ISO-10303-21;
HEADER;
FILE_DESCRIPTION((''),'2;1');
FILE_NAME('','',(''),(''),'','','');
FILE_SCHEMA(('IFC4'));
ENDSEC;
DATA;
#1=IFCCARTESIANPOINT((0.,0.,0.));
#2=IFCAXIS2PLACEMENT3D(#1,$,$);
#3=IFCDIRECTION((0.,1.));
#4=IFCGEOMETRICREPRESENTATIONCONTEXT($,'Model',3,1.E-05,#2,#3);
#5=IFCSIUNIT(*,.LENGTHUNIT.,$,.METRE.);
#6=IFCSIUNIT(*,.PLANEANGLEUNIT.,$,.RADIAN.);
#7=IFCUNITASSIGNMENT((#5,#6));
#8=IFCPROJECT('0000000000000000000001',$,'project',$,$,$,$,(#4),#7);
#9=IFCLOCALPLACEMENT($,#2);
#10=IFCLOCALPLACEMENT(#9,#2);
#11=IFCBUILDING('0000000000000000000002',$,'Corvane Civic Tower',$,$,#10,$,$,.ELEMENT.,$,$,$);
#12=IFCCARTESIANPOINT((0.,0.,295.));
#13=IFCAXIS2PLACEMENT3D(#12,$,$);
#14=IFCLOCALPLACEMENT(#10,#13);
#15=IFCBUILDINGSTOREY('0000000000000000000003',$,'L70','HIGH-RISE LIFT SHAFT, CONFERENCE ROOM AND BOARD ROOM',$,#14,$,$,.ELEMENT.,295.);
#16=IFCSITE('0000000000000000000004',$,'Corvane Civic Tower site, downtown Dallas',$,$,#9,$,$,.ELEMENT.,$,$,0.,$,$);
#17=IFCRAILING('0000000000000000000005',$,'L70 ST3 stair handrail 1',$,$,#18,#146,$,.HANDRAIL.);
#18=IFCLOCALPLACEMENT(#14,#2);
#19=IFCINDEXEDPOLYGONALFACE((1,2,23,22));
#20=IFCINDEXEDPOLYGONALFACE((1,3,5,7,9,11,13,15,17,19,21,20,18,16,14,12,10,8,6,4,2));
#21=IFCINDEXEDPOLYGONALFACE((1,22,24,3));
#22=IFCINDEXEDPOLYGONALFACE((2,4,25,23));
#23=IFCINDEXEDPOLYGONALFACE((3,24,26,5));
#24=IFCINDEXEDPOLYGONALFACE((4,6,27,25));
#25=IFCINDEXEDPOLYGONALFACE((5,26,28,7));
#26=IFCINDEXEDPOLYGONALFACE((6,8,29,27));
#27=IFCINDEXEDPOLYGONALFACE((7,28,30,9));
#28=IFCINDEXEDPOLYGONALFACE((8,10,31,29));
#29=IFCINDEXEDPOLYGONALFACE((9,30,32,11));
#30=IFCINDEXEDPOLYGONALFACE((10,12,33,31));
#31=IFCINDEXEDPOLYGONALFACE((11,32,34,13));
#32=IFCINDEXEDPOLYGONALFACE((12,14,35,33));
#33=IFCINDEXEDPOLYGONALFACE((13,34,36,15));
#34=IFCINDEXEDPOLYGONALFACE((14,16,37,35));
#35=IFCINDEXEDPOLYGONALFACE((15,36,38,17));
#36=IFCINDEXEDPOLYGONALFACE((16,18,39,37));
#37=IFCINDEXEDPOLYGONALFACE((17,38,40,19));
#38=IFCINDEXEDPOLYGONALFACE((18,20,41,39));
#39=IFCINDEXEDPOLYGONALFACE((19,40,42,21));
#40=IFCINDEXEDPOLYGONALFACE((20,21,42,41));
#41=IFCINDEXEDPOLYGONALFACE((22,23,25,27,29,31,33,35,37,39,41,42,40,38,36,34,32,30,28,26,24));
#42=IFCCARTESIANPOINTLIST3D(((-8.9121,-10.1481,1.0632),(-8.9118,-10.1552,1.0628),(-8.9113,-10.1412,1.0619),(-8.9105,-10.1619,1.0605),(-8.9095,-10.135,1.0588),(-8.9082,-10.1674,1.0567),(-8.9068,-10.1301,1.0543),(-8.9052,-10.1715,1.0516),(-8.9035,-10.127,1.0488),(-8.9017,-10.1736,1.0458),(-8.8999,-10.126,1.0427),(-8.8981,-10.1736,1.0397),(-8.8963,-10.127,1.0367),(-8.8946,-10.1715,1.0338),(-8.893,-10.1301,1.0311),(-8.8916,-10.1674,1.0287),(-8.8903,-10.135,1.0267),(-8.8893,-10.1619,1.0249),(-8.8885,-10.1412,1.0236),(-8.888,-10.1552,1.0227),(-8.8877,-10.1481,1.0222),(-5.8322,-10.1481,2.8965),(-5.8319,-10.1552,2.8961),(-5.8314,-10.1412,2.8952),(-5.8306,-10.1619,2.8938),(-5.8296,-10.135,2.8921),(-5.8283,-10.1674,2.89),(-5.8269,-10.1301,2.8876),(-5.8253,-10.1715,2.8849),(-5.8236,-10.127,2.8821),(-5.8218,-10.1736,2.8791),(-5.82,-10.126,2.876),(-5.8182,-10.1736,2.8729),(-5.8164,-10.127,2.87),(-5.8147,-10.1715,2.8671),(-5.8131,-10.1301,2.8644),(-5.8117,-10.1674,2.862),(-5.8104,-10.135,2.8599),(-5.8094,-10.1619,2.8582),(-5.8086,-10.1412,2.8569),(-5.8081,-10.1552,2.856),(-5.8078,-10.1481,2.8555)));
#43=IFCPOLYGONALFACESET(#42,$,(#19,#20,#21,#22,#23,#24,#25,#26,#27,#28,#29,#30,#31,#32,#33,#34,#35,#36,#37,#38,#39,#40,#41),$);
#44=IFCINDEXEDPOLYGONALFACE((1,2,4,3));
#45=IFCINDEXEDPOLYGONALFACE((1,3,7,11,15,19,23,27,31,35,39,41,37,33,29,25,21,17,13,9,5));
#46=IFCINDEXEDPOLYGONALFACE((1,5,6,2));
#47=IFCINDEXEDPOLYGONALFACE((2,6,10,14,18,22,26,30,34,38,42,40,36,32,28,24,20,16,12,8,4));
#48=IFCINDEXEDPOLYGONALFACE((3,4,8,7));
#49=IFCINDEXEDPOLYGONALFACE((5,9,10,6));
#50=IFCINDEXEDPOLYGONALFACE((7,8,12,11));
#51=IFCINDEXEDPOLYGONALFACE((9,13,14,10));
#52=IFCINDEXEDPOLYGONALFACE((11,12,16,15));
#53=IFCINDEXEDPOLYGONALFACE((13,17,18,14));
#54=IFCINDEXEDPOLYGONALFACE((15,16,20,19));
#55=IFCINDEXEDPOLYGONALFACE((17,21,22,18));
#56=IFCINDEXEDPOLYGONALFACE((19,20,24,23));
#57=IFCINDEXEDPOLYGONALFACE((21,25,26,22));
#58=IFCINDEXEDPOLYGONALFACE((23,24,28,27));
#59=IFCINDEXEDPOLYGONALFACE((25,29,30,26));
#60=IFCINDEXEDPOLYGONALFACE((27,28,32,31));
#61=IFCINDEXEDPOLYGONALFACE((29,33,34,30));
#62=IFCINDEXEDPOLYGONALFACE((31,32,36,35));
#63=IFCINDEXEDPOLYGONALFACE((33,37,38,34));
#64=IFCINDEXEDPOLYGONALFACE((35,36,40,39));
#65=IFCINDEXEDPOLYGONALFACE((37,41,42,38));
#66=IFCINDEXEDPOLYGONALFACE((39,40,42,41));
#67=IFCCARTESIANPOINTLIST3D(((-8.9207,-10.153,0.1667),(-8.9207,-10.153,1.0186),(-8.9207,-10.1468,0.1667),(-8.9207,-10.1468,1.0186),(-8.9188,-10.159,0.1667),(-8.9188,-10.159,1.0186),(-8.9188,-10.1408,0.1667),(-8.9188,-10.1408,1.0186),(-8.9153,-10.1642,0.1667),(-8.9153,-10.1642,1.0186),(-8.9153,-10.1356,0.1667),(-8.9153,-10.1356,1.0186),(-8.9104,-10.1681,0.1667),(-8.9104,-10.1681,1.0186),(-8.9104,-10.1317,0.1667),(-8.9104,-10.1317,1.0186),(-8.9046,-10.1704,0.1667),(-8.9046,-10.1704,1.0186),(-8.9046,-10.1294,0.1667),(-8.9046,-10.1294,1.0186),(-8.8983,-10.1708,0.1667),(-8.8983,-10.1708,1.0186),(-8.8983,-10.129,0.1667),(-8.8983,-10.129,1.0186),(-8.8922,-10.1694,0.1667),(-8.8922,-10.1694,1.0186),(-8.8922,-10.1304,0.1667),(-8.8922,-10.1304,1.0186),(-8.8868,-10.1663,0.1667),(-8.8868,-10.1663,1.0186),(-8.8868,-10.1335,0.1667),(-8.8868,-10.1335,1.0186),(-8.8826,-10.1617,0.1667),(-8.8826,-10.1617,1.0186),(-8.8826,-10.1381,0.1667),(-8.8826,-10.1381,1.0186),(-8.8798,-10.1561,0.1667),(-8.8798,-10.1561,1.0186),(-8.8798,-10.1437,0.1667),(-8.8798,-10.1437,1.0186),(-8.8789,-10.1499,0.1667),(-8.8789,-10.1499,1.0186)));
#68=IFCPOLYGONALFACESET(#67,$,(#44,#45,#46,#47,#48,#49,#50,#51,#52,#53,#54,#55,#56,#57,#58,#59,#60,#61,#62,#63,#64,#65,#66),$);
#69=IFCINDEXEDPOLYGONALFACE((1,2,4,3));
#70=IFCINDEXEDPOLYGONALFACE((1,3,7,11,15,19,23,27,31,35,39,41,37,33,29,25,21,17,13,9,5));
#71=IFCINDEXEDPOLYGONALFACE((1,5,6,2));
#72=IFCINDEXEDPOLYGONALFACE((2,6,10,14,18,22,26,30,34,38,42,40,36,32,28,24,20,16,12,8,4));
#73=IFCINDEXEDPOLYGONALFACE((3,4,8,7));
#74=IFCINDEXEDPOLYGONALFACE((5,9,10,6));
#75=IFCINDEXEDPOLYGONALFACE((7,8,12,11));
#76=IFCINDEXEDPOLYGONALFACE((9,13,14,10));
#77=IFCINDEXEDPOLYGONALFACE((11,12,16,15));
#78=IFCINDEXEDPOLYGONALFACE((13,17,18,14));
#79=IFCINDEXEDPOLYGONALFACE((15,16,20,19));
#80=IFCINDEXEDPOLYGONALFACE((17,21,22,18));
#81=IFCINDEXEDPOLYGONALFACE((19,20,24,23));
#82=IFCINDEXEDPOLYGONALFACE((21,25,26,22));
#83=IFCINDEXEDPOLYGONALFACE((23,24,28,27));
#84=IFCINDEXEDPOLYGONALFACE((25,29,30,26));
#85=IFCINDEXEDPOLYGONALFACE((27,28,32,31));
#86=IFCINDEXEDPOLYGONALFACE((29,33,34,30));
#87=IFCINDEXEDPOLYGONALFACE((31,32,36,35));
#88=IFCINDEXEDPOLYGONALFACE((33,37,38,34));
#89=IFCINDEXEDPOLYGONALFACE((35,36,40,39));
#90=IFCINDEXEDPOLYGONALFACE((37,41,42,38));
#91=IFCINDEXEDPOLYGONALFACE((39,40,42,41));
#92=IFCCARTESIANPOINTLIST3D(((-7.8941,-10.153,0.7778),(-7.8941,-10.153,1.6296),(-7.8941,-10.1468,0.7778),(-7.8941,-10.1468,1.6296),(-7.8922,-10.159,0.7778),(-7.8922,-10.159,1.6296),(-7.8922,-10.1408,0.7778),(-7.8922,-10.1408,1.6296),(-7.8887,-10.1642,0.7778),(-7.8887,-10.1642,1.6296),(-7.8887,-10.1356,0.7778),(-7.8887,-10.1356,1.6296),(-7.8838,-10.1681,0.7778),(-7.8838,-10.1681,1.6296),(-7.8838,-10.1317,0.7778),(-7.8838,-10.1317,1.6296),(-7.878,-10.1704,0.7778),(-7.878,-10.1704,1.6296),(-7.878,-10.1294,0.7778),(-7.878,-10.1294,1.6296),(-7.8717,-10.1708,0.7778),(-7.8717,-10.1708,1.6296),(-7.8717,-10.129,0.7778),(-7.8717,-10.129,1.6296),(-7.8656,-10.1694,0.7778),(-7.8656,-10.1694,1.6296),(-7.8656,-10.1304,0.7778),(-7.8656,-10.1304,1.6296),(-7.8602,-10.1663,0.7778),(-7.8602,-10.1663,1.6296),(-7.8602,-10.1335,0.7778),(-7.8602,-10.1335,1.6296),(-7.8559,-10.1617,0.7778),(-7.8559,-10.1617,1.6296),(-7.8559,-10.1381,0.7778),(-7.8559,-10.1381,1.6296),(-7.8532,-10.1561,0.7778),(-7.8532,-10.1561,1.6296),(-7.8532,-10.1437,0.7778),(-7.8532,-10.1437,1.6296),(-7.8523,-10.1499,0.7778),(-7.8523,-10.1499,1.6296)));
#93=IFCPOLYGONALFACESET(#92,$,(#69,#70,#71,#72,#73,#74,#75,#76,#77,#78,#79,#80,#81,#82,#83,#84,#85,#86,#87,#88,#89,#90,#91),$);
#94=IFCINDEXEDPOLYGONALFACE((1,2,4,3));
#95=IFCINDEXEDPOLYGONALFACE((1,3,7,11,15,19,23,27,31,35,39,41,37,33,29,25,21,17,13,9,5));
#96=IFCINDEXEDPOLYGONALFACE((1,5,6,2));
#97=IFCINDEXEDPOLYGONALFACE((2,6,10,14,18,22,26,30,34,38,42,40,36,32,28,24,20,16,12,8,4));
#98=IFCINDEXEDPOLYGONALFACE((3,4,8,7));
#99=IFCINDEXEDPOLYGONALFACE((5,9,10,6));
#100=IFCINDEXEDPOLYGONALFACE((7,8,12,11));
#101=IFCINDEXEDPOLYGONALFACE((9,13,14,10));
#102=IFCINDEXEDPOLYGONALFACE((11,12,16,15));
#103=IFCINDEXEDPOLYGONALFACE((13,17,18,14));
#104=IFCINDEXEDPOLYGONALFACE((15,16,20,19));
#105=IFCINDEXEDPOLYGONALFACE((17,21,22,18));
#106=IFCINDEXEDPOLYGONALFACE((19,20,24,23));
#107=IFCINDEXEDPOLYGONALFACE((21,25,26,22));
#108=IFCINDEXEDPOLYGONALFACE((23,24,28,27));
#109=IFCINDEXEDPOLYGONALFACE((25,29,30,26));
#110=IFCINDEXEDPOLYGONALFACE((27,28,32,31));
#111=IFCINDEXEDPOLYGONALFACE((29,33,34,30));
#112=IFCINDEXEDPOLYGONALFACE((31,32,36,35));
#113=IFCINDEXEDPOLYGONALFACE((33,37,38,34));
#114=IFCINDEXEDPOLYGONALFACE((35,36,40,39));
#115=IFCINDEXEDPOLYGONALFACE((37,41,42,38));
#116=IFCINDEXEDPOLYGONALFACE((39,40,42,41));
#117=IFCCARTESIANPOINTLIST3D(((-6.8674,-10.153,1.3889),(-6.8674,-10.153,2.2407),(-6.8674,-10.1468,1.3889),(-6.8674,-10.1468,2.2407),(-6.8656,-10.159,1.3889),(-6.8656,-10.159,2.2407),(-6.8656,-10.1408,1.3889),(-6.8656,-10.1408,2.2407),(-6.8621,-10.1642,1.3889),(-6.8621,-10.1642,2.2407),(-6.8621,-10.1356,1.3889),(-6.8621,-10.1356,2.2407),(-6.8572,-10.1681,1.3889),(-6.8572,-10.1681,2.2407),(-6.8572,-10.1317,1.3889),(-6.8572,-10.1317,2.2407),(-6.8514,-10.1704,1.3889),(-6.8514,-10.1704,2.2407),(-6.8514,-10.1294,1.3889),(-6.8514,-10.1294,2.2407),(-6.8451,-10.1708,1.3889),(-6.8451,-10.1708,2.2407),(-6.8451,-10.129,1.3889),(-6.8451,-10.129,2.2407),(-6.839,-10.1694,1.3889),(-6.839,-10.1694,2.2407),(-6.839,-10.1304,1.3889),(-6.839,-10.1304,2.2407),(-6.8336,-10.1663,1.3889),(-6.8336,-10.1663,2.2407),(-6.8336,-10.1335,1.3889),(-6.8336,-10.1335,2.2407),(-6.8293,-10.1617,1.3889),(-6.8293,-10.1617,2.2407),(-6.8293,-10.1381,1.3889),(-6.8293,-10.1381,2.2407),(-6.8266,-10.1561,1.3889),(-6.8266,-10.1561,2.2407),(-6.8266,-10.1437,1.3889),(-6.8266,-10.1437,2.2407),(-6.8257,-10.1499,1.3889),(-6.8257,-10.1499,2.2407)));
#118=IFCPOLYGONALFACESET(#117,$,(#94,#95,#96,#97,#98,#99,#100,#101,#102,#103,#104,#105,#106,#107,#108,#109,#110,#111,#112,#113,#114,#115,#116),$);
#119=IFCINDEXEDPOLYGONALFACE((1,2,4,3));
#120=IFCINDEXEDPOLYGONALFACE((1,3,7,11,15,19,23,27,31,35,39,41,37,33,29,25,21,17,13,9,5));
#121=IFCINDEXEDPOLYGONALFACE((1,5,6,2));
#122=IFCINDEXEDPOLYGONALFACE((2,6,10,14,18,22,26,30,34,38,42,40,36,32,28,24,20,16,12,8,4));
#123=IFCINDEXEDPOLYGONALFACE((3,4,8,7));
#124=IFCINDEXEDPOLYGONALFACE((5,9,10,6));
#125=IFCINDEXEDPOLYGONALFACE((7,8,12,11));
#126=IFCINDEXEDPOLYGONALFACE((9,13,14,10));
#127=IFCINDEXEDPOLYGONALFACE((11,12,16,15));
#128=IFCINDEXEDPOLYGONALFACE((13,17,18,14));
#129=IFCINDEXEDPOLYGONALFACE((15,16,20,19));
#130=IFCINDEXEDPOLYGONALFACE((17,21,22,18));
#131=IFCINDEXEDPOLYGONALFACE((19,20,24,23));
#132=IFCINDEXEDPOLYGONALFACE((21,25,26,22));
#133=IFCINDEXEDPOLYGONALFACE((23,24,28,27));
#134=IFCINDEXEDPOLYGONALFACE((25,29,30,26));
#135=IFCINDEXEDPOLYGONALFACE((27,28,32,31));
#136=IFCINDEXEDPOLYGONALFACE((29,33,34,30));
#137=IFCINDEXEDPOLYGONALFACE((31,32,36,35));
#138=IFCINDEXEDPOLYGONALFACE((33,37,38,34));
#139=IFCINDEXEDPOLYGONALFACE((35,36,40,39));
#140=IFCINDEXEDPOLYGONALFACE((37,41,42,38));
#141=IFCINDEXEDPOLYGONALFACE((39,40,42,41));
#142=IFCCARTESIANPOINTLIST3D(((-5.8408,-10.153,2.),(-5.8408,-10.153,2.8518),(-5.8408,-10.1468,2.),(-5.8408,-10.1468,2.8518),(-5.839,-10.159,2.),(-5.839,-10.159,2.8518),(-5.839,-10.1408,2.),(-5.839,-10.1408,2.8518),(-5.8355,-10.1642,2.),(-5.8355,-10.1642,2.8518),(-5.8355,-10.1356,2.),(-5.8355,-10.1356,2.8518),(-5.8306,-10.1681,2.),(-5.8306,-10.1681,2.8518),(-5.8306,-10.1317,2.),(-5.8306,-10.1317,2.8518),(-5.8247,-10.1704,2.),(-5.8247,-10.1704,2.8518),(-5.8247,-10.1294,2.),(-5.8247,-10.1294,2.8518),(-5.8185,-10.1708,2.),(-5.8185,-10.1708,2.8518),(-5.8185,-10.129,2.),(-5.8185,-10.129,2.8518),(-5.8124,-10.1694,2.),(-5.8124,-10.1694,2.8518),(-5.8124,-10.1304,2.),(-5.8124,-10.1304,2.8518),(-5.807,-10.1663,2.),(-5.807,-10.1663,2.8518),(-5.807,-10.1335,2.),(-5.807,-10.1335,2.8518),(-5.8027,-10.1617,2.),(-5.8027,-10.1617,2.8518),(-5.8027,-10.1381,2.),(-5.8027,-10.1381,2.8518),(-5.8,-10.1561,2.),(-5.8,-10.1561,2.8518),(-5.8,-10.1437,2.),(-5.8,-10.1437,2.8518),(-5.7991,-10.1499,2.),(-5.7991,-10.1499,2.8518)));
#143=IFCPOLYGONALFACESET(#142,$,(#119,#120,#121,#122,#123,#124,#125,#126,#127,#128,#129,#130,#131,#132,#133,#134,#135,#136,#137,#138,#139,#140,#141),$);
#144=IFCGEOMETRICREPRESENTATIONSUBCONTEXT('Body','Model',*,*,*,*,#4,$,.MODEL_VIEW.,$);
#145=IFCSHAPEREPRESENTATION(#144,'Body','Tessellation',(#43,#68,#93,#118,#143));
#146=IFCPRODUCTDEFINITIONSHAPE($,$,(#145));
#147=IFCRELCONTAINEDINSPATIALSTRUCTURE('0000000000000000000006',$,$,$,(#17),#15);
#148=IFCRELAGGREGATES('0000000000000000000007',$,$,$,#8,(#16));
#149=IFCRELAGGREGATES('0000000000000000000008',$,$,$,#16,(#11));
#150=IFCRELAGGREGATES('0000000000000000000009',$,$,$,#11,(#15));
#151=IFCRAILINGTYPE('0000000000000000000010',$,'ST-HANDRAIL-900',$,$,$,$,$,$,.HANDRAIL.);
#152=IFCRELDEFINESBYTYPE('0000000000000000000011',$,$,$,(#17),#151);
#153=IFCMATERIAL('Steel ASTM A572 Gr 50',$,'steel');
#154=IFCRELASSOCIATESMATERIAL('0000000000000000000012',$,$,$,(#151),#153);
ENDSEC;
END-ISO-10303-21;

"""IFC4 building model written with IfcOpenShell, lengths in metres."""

from ifc_helpers import new_model, si_unit, direction, frame, origin, origin_2d, place, context, subcontext, project, spatial, circle, extrude, material, type_object, element, save


model = new_model("IFC4")

# Units and contexts
model_context = context("Model", 3, precision=1e-05, world=origin(), true_north=direction((0.0, 1.0)))
body_context = subcontext(model_context, "Body", "Model", "MODEL_VIEW")
ifc_project = project(units=[si_unit("LENGTHUNIT", "METRE"), si_unit("PLANEANGLEUNIT", "RADIAN")], contexts=[model_context])

# Site, building, storey
site_placement = place(None, origin())
site = spatial("IfcSite", under=ifc_project, at=site_placement, Name="Corvane Civic Tower site, downtown Dallas", CompositionType="ELEMENT", RefElevation=0.0)
building_placement = place(site_placement, origin())
building = spatial("IfcBuilding", under=site, at=building_placement, Name="Corvane Civic Tower", CompositionType="ELEMENT")
storey_placement = place(building_placement, frame((0.0, 0.0, 295.0)))
storey = spatial("IfcBuildingStorey", under=building, at=storey_placement, Name="L70", Description="HIGH-RISE LIFT SHAFT, CONFERENCE ROOM AND BOARD ROOM", CompositionType="ELEMENT", Elevation=295.0)

# Railing
ifc_material_1 = material(Name="Steel ASTM A572 Gr 50", Category="steel")
railing_type = type_object("IfcRailingType", Name="ST-HANDRAIL-900", PredefinedType="HANDRAIL", material=ifc_material_1)
railing_1_placement = place(storey_placement, frame((-8.8999, -10.1499, 0.1667)))
element("IfcRailing", 1, at=railing_1_placement, inside=storey, type_object=railing_type, Name="L70 ST3 stair handrail 1", PredefinedType="HANDRAIL", context=body_context, shape_type="SweptSolid", body=[
    extrude(circle(Radius=0.0239, at=origin_2d()), frame((0.0, 0.0, 0.876), z_axis=(0.859291, 0.0, 0.511487), x_axis=(0.0, 1.0, 0.0)), (0.0, 0.0, 1.0), 3.5842),
    extrude(circle(Radius=0.021, at=origin_2d()), origin(), (0.0, 0.0, 1.0), 0.8518),
    extrude(circle(Radius=0.021, at=origin_2d()), frame((1.0266, 0.0, 0.6111)), (0.0, 0.0, 1.0), 0.8518),
    extrude(circle(Radius=0.021, at=origin_2d()), frame((2.0532, 0.0, 1.2222)), (0.0, 0.0, 1.0), 0.8518),
    extrude(circle(Radius=0.021, at=origin_2d()), frame((3.0798, 0.0, 1.8333)), (0.0, 0.0, 1.0), 0.8518),
])

save(model, "model.ifc")
